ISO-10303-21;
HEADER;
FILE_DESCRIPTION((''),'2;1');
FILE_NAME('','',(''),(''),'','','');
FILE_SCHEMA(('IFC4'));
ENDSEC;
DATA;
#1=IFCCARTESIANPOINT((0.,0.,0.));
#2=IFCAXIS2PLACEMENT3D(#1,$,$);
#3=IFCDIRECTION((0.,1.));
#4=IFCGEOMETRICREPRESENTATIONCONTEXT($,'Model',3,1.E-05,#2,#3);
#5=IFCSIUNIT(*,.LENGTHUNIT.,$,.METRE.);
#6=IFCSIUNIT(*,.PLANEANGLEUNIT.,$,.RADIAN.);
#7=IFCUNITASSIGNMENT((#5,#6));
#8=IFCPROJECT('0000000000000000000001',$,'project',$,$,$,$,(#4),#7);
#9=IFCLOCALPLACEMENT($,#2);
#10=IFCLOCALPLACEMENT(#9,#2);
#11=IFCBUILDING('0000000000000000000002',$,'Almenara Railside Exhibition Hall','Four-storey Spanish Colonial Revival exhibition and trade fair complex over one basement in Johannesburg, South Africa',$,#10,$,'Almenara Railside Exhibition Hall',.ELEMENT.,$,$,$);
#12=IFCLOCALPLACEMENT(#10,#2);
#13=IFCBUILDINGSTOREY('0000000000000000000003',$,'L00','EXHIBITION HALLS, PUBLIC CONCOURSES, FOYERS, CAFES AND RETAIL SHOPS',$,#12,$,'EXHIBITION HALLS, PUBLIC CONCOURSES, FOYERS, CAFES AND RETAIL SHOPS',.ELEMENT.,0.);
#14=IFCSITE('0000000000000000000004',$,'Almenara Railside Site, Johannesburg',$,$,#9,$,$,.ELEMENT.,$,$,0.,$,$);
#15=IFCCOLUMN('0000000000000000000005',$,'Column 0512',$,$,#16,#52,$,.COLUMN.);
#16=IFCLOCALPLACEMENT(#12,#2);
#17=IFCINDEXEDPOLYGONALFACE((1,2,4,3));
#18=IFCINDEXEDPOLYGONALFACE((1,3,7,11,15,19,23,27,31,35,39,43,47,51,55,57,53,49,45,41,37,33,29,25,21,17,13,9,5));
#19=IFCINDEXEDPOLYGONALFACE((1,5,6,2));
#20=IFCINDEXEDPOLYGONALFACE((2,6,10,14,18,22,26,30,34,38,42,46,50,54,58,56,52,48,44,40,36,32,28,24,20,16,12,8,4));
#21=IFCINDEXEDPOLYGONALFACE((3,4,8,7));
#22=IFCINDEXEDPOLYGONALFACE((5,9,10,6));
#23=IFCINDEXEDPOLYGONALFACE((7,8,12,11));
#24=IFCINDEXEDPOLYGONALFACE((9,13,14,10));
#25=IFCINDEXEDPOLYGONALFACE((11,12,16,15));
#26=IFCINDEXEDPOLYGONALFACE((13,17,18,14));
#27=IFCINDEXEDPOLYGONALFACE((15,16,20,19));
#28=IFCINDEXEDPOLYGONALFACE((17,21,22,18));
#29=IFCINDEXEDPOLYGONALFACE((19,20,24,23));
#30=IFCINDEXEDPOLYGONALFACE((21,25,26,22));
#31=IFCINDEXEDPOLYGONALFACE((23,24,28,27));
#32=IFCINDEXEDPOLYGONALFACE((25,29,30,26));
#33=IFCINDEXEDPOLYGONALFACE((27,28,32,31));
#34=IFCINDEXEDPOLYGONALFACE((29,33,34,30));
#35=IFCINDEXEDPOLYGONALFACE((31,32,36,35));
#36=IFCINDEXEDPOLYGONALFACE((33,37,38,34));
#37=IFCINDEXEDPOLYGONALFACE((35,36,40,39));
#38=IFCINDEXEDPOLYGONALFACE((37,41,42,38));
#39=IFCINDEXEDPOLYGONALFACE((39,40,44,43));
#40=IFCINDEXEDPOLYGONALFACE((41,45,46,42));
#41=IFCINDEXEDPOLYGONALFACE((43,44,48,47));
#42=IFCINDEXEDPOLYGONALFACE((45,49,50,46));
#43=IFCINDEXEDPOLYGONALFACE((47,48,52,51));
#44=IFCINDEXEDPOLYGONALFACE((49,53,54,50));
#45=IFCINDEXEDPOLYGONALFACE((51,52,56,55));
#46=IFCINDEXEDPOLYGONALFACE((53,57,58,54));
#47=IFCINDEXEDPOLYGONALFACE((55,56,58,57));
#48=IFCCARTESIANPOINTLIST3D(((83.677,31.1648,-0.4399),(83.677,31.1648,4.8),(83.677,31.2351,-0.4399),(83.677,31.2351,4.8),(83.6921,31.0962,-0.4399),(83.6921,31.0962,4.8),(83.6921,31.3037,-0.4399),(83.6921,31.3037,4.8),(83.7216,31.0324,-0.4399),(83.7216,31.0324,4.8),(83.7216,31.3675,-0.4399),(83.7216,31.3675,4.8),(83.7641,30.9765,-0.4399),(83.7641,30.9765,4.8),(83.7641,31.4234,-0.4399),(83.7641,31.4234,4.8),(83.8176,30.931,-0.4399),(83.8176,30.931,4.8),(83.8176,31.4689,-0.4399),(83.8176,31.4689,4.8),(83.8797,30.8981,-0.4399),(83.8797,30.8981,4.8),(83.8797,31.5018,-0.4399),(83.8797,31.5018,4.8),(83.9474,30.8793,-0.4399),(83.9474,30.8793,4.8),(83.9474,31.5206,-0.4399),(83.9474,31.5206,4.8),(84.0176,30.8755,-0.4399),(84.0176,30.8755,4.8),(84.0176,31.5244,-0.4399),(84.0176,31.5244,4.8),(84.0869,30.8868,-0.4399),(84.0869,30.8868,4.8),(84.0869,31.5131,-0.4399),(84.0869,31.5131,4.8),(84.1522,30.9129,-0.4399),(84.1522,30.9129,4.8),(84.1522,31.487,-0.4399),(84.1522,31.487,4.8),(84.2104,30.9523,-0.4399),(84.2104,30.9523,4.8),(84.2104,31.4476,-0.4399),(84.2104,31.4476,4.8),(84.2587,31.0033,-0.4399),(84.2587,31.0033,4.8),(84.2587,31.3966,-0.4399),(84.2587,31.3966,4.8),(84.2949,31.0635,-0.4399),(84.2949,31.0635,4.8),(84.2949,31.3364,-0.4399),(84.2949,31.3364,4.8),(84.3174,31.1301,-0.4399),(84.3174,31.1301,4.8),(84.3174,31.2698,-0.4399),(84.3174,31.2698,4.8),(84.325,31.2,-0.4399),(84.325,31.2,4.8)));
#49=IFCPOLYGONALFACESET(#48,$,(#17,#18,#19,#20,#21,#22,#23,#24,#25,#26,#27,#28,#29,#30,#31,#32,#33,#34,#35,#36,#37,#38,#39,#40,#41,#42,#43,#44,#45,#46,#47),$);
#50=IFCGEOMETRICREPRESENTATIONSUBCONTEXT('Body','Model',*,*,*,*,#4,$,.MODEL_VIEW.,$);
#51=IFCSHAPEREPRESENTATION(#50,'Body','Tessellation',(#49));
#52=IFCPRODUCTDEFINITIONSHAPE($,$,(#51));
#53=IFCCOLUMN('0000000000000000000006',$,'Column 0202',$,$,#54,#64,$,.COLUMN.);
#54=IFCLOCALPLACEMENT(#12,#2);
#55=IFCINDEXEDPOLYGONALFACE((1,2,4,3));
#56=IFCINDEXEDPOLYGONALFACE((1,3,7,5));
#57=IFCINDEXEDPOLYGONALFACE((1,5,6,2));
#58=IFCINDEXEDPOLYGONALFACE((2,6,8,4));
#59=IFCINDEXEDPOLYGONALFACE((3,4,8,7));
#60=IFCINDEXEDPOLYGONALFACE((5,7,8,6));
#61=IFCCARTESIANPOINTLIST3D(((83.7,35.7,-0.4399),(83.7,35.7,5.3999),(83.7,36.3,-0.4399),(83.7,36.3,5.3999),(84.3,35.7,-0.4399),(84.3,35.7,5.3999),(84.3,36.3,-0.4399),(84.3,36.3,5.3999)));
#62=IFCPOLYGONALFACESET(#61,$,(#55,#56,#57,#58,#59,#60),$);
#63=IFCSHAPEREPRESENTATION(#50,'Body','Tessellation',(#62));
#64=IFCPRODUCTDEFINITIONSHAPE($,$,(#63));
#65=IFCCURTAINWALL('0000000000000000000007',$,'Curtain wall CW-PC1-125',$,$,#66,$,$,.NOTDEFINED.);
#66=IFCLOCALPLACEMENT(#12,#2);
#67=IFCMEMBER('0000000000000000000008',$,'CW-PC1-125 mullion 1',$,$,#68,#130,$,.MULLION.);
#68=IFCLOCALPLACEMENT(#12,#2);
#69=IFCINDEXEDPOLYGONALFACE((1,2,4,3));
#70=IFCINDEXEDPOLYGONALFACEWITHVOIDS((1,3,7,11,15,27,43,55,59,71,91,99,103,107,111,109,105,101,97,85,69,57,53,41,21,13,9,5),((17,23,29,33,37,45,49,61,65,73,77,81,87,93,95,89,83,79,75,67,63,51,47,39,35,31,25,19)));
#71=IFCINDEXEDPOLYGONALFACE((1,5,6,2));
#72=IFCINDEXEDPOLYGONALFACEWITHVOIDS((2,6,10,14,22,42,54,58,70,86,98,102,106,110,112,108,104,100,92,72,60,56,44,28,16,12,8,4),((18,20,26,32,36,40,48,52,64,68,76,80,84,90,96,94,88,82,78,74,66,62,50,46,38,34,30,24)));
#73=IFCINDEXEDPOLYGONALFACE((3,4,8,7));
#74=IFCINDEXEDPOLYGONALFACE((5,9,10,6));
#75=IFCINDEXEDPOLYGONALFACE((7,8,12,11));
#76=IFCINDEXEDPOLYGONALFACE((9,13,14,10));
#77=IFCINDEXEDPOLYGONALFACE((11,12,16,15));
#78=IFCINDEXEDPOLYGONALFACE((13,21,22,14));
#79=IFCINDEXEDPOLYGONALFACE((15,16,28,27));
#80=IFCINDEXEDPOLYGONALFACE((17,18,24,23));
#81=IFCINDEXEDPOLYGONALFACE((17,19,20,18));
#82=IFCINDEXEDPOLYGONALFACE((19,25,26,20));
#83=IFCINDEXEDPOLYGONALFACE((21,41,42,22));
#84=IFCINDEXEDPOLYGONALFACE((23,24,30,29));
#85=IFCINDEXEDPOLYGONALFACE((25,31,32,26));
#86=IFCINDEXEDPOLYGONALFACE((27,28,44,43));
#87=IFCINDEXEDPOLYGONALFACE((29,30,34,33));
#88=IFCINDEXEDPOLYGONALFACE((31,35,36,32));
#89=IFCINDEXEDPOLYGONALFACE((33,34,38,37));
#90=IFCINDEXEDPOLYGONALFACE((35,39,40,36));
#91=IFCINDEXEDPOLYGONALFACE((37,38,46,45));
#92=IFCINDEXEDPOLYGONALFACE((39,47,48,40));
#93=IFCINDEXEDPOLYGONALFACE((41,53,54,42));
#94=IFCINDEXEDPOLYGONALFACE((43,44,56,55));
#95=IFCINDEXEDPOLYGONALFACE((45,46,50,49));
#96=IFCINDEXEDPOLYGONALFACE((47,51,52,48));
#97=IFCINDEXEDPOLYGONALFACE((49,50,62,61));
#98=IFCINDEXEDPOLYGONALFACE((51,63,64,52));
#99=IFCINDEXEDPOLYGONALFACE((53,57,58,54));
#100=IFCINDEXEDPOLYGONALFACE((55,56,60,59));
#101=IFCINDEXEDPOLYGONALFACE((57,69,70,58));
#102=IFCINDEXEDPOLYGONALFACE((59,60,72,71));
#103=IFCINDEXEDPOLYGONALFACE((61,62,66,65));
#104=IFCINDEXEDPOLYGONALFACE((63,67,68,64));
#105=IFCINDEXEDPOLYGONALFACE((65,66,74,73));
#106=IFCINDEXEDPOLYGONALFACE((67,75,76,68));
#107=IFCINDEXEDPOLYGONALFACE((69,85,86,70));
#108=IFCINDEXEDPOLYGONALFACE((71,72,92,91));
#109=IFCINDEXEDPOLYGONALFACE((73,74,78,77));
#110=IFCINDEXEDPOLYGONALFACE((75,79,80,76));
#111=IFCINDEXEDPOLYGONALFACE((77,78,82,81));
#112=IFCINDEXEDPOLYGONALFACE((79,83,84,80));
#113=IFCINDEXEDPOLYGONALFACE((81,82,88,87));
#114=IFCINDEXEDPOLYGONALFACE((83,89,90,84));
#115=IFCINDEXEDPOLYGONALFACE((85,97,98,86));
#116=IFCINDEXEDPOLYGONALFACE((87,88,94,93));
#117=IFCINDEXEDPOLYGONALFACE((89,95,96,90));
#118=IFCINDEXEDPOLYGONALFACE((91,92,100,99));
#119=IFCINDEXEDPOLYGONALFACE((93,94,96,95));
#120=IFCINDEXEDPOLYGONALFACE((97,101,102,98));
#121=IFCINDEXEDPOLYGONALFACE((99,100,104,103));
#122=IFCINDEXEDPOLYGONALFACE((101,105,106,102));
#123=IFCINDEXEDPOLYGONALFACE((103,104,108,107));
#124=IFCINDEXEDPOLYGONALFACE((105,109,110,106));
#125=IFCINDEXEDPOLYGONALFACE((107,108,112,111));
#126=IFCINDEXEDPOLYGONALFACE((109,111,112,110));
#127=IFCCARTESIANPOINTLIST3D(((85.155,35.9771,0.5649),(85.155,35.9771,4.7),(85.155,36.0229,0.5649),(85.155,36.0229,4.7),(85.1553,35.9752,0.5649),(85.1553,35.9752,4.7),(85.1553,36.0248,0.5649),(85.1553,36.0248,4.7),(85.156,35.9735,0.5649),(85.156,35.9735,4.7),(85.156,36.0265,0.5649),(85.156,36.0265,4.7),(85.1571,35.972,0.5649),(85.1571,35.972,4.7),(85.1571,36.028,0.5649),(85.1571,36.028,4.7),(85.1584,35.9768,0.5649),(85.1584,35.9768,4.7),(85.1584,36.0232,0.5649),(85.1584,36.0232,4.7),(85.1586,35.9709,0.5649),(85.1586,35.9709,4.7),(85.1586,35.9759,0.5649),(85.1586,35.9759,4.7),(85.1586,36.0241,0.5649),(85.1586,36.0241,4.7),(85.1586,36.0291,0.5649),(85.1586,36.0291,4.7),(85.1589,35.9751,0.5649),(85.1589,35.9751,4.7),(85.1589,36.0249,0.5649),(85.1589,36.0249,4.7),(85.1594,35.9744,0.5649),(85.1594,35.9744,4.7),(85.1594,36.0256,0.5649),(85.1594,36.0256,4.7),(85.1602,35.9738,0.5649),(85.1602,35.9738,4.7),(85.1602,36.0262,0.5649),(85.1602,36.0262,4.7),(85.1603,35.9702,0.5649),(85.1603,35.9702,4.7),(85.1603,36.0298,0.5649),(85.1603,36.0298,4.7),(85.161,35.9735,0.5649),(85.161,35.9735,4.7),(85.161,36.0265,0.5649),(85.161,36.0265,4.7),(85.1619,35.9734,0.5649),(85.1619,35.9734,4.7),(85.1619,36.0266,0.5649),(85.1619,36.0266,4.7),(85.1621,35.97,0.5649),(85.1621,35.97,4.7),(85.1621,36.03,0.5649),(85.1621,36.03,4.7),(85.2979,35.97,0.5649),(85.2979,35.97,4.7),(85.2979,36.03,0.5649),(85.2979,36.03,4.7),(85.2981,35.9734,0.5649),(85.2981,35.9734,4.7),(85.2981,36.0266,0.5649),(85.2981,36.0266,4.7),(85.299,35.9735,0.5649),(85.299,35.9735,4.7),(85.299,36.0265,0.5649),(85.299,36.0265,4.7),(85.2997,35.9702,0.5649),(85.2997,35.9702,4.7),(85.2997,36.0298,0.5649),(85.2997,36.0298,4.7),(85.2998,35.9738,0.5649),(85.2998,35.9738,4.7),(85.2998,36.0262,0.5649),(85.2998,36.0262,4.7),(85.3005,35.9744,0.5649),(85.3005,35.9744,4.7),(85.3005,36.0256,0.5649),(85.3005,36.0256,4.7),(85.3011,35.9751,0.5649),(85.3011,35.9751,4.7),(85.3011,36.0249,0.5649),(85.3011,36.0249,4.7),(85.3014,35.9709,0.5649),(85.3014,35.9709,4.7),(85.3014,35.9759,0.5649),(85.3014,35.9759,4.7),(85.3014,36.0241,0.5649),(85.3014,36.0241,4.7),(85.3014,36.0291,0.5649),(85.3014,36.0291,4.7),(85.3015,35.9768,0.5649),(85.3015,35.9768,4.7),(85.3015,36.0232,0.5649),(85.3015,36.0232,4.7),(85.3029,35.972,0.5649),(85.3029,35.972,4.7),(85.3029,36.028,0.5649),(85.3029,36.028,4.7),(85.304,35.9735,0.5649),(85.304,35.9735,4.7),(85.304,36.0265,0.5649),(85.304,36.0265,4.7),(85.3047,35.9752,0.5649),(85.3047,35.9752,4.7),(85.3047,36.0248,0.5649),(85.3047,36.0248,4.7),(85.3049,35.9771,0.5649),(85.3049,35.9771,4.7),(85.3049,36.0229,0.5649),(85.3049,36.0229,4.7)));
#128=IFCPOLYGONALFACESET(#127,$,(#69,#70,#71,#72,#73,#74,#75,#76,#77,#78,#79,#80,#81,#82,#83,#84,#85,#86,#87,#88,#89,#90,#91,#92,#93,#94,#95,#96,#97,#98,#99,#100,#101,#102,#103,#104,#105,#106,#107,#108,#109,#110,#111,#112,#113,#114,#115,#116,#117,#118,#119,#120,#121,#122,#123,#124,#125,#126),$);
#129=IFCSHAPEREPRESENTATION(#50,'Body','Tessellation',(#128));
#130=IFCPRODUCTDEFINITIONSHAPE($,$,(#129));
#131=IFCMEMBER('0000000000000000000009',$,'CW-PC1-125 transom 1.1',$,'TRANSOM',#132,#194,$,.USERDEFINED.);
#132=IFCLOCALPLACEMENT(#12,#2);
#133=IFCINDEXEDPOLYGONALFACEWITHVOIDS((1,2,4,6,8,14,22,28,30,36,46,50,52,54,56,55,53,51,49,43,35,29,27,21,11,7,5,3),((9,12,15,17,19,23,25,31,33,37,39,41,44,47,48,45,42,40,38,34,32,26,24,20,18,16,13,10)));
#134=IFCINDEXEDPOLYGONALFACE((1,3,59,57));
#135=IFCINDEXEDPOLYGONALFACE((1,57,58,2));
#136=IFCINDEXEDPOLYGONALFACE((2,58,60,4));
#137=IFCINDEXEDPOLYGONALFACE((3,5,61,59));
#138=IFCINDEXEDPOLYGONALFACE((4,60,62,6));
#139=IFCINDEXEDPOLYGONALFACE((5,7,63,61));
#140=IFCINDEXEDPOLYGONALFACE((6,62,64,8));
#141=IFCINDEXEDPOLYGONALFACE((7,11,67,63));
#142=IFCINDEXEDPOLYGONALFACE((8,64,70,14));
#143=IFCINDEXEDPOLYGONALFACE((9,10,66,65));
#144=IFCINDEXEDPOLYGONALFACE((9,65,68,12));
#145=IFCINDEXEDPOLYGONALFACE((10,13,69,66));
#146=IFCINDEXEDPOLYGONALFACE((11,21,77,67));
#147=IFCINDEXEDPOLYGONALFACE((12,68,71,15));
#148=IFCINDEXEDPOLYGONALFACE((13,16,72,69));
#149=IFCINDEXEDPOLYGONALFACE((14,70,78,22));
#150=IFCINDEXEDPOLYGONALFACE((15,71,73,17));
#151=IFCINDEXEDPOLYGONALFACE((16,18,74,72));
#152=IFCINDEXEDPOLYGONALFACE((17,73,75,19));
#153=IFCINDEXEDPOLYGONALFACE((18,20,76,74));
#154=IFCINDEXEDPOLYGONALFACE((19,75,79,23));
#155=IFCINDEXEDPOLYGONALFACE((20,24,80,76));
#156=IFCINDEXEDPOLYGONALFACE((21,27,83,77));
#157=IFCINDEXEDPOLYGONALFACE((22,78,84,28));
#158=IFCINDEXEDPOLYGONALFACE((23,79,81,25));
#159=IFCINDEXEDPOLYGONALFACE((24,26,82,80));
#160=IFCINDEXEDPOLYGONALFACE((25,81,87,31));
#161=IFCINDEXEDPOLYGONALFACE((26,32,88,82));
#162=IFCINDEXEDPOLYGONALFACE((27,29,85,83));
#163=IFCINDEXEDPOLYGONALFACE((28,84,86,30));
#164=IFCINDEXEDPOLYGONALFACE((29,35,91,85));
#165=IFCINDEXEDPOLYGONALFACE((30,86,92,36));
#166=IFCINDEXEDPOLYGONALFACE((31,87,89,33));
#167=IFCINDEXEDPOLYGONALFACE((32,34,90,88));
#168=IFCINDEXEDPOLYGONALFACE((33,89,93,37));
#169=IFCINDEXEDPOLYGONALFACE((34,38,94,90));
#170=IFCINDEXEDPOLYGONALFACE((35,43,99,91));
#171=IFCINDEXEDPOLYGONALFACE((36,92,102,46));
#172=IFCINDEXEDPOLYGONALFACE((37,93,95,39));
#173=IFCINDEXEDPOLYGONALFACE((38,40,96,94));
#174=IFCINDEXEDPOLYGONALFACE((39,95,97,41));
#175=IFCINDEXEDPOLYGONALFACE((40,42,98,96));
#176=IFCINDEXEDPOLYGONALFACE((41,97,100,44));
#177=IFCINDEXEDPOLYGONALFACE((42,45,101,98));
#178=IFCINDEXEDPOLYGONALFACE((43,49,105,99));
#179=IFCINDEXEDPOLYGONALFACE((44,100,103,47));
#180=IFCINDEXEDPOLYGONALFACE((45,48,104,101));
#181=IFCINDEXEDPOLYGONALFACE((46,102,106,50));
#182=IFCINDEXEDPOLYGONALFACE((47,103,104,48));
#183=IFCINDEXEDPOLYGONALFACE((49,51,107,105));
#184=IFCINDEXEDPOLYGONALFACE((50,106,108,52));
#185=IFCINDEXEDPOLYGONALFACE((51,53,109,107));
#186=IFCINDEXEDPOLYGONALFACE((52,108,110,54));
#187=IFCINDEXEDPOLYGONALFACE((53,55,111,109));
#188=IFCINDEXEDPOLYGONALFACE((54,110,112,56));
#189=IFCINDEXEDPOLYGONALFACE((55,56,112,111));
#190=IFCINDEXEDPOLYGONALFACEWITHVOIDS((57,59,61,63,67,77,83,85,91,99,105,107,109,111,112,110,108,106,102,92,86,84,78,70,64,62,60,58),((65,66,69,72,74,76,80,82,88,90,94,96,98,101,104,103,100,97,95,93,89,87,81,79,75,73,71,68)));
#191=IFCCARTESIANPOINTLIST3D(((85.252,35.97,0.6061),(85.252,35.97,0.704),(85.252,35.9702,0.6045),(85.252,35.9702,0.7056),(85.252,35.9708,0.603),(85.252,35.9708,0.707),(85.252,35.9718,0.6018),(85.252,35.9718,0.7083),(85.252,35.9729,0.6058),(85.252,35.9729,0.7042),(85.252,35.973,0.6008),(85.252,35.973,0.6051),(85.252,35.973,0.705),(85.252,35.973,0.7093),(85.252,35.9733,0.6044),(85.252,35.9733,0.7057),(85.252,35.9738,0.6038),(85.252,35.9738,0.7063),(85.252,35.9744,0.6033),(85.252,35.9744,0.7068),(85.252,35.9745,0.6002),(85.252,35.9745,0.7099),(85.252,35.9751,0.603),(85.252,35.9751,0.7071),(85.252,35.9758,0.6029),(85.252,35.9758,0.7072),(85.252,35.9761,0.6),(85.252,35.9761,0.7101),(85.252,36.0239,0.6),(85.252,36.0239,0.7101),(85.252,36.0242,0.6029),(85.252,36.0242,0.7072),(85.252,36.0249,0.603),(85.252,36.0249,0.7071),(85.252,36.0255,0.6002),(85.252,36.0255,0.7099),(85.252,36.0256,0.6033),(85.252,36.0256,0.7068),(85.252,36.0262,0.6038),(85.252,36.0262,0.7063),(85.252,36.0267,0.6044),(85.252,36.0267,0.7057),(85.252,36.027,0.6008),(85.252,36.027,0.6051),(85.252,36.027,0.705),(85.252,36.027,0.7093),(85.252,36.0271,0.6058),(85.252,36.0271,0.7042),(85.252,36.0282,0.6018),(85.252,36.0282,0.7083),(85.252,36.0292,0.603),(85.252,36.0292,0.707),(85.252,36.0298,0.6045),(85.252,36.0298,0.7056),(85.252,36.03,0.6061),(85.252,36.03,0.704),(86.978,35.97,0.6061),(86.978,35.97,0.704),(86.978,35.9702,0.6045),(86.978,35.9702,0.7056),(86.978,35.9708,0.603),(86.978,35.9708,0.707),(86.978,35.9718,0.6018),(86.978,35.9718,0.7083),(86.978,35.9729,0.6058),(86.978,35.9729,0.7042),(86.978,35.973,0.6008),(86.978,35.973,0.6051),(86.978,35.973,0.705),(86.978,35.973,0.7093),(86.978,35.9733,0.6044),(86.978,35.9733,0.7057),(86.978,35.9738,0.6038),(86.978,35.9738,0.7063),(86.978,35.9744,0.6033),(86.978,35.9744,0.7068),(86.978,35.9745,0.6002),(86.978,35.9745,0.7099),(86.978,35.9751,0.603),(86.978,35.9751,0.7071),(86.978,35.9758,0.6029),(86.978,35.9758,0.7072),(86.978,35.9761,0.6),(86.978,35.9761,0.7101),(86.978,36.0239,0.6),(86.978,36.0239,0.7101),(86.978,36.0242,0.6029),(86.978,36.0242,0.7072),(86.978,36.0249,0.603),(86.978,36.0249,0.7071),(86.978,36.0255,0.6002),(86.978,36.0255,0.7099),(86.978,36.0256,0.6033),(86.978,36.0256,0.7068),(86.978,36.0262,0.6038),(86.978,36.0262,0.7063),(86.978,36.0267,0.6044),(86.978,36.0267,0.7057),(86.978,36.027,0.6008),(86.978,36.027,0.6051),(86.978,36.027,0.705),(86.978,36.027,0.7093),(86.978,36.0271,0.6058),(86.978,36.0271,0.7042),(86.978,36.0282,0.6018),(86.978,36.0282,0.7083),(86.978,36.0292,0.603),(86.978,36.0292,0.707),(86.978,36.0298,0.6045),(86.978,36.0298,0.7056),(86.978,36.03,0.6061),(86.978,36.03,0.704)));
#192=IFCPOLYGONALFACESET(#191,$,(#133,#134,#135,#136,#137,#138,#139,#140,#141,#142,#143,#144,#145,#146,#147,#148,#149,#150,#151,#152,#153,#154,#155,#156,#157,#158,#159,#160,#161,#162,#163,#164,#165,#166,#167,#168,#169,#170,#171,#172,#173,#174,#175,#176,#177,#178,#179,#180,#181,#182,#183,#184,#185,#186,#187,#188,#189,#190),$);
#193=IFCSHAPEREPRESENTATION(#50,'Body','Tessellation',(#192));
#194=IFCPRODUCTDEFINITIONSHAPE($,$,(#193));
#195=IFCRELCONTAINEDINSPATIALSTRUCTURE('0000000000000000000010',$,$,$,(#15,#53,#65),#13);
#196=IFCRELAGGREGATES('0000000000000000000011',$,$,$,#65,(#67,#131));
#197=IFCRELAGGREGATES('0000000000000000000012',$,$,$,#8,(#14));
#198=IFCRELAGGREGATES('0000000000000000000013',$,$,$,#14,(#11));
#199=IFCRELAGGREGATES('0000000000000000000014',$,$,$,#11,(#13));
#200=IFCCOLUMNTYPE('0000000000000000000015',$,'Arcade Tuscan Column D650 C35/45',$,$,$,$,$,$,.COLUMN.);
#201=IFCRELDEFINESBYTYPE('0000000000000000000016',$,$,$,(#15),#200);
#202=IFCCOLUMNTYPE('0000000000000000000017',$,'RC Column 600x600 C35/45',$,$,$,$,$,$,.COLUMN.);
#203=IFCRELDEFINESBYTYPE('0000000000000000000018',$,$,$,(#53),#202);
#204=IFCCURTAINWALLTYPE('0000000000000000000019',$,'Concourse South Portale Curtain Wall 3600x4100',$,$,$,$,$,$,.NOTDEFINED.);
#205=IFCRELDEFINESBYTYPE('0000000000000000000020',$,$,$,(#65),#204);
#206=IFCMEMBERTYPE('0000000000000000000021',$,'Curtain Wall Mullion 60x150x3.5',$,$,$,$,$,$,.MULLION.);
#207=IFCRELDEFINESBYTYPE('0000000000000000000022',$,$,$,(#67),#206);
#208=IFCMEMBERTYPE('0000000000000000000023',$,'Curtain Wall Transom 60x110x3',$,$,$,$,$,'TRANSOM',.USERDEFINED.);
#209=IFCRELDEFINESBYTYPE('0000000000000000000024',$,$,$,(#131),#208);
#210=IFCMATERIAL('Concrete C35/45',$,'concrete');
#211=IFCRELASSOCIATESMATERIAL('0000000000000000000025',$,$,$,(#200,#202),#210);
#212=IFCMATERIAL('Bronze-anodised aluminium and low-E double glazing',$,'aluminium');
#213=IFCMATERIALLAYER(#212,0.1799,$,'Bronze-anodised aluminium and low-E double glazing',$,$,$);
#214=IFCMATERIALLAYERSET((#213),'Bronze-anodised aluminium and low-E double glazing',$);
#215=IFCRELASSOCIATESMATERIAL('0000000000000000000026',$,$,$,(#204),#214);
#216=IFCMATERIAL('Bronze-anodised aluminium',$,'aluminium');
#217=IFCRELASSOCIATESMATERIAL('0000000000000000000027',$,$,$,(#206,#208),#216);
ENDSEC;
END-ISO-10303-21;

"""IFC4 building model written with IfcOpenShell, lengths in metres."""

from ifc_helpers import new_model, si_unit, direction, frame, origin, origin_2d, place, context, subcontext, project, spatial, rectangle, hollow_rectangle, circle, extrude, material, layer, layer_set, material_profile, profile_set, type_object, element, aggregate, save


model = new_model("IFC4")

# Units and contexts
model_context = context("Model", 3, precision=1e-05, world=origin(), true_north=direction((0.0, 1.0)))
body_context = subcontext(model_context, "Body", "Model", "MODEL_VIEW")
ifc_project = project(units=[si_unit("LENGTHUNIT", "METRE"), si_unit("PLANEANGLEUNIT", "RADIAN")], contexts=[model_context])

# Site, building, storey
site_placement = place(None, origin())
site = spatial("IfcSite", under=ifc_project, at=site_placement, Name="Almenara Railside Site, Johannesburg", CompositionType="ELEMENT", RefElevation=0.0)
building_placement = place(site_placement, origin())
building = spatial("IfcBuilding", under=site, at=building_placement, Name="Almenara Railside Exhibition Hall", Description="Four-storey Spanish Colonial Revival exhibition and trade fair complex over one basement in Johannesburg, South Africa", LongName="Almenara Railside Exhibition Hall", CompositionType="ELEMENT")
storey_placement = place(building_placement, origin())
storey = spatial("IfcBuildingStorey", under=building, at=storey_placement, Name="L00", Description="EXHIBITION HALLS, PUBLIC CONCOURSES, FOYERS, CAFES AND RETAIL SHOPS", LongName="EXHIBITION HALLS, PUBLIC CONCOURSES, FOYERS, CAFES AND RETAIL SHOPS", CompositionType="ELEMENT", Elevation=0.0)

# Columns
ifc_material_1 = material(Name="Concrete C35/45", Category="concrete")
ifc_material_profile_1 = material_profile(ifc_material_1, circle(Radius=0.325, at=origin_2d()), Name="RC-COL D650")
ifc_profile_set_1 = profile_set([ifc_material_profile_1], Name="Concrete C35/45")
column_type_1 = type_object("IfcColumnType", Name="Arcade Tuscan Column D650 C35/45", PredefinedType="COLUMN", material=ifc_profile_set_1)
column_1_placement = place(storey_placement, frame((84.0, 31.2, -0.4399), z_axis=(0.0, 0.0, 1.0), x_axis=(1.0, 0.0, 0.0)))
element("IfcColumn", 1, at=column_1_placement, inside=storey, type_object=column_type_1, Name="Column 0512", PredefinedType="COLUMN", context=body_context, shape_type="SweptSolid", body=[
    extrude(circle(Radius=0.325, at=origin_2d()), origin(), (0.0, 0.0, 1.0), 5.24),
])
ifc_material_profile_2 = material_profile(ifc_material_1, rectangle(XDim=0.6001, YDim=0.6001, at=origin_2d()), Name="RC 600x600")
ifc_profile_set_2 = profile_set([ifc_material_profile_2], Name="Concrete C35/45")
column_type_2 = type_object("IfcColumnType", Name="RC Column 600x600 C35/45", PredefinedType="COLUMN", material=ifc_profile_set_2)
column_2_placement = place(storey_placement, frame((84.0, 36.0, -0.4399), z_axis=(0.0, 0.0, 1.0), x_axis=(1.0, 0.0, 0.0)))
element("IfcColumn", 2, at=column_2_placement, inside=storey, type_object=column_type_2, Name="Column 0202", PredefinedType="COLUMN", context=body_context, shape_type="SweptSolid", body=[
    extrude(rectangle(XDim=0.6001, YDim=0.6001, at=origin_2d()), origin(), (0.0, 0.0, 1.0), 5.8398),
])

# Curtain wall, members
ifc_material_2 = material(Name="Bronze-anodised aluminium and low-E double glazing", Category="aluminium")
ifc_layer_1 = layer(ifc_material_2, 0.1799, Name="Bronze-anodised aluminium and low-E double glazing")
ifc_layer_set_1 = layer_set([ifc_layer_1], Name="Bronze-anodised aluminium and low-E double glazing")
curtain_wall_type = type_object("IfcCurtainWallType", Name="Concourse South Portale Curtain Wall 3600x4100", PredefinedType="NOTDEFINED", material=ifc_layer_set_1)
curtain_wall_placement = place(storey_placement, origin())
curtain_wall = element("IfcCurtainWall", 3, at=curtain_wall_placement, inside=storey, type_object=curtain_wall_type, Name="Curtain wall CW-PC1-125", PredefinedType="NOTDEFINED")
ifc_material_3 = material(Name="Bronze-anodised aluminium", Category="aluminium")
ifc_material_profile_3 = material_profile(ifc_material_3, hollow_rectangle(XDim=0.0601, YDim=0.1499, WallThickness=0.0034, InnerFilletRadius=0.0034, OuterFilletRadius=0.0071, at=origin_2d()), Name="ALU-MUL 60x150x3.5")
ifc_profile_set_3 = profile_set([ifc_material_profile_3], Name="Bronze-anodised aluminium")
member_type_1 = type_object("IfcMemberType", Name="Curtain Wall Mullion 60x150x3.5", PredefinedType="MULLION", material=ifc_profile_set_3)
member_1_placement = place(storey_placement, frame((85.23, 36.0, 0.5649), z_axis=(0.0, 0.0, 1.0), x_axis=(0.0, 1.0, 0.0)))
member_1 = element("IfcMember", 4, at=member_1_placement, type_object=member_type_1, Name="CW-PC1-125 mullion 1", PredefinedType="MULLION", context=body_context, shape_type="SweptSolid", body=[
    extrude(hollow_rectangle(XDim=0.0601, YDim=0.1499, WallThickness=0.0034, InnerFilletRadius=0.0034, OuterFilletRadius=0.0071, at=origin_2d()), origin(), (0.0, 0.0, 1.0), 4.135),
])
ifc_material_profile_4 = material_profile(ifc_material_3, hollow_rectangle(XDim=0.0601, YDim=0.1101, WallThickness=0.0029, InnerFilletRadius=0.0029, OuterFilletRadius=0.0061, at=origin_2d()), Name="ALU-TRN 60x110x3")
ifc_profile_set_4 = profile_set([ifc_material_profile_4], Name="Bronze-anodised aluminium")
member_type_2 = type_object("IfcMemberType", Name="Curtain Wall Transom 60x110x3", ElementType="TRANSOM", PredefinedType="USERDEFINED", material=ifc_profile_set_4)
member_2_placement = place(storey_placement, frame((85.252, 36.0, 0.655), z_axis=(1.0, 0.0, 0.0), x_axis=(0.0, 1.0, 0.0)))
member_2 = element("IfcMember", 5, at=member_2_placement, type_object=member_type_2, Name="CW-PC1-125 transom 1.1", ObjectType="TRANSOM", PredefinedType="USERDEFINED", context=body_context, shape_type="SweptSolid", body=[
    extrude(hollow_rectangle(XDim=0.0601, YDim=0.1101, WallThickness=0.0029, InnerFilletRadius=0.0029, OuterFilletRadius=0.0061, at=origin_2d()), origin(), (0.0, 0.0, 1.0), 1.7261),
])

aggregate(curtain_wall, [member_1, member_2])

save(model, "model.ifc")
